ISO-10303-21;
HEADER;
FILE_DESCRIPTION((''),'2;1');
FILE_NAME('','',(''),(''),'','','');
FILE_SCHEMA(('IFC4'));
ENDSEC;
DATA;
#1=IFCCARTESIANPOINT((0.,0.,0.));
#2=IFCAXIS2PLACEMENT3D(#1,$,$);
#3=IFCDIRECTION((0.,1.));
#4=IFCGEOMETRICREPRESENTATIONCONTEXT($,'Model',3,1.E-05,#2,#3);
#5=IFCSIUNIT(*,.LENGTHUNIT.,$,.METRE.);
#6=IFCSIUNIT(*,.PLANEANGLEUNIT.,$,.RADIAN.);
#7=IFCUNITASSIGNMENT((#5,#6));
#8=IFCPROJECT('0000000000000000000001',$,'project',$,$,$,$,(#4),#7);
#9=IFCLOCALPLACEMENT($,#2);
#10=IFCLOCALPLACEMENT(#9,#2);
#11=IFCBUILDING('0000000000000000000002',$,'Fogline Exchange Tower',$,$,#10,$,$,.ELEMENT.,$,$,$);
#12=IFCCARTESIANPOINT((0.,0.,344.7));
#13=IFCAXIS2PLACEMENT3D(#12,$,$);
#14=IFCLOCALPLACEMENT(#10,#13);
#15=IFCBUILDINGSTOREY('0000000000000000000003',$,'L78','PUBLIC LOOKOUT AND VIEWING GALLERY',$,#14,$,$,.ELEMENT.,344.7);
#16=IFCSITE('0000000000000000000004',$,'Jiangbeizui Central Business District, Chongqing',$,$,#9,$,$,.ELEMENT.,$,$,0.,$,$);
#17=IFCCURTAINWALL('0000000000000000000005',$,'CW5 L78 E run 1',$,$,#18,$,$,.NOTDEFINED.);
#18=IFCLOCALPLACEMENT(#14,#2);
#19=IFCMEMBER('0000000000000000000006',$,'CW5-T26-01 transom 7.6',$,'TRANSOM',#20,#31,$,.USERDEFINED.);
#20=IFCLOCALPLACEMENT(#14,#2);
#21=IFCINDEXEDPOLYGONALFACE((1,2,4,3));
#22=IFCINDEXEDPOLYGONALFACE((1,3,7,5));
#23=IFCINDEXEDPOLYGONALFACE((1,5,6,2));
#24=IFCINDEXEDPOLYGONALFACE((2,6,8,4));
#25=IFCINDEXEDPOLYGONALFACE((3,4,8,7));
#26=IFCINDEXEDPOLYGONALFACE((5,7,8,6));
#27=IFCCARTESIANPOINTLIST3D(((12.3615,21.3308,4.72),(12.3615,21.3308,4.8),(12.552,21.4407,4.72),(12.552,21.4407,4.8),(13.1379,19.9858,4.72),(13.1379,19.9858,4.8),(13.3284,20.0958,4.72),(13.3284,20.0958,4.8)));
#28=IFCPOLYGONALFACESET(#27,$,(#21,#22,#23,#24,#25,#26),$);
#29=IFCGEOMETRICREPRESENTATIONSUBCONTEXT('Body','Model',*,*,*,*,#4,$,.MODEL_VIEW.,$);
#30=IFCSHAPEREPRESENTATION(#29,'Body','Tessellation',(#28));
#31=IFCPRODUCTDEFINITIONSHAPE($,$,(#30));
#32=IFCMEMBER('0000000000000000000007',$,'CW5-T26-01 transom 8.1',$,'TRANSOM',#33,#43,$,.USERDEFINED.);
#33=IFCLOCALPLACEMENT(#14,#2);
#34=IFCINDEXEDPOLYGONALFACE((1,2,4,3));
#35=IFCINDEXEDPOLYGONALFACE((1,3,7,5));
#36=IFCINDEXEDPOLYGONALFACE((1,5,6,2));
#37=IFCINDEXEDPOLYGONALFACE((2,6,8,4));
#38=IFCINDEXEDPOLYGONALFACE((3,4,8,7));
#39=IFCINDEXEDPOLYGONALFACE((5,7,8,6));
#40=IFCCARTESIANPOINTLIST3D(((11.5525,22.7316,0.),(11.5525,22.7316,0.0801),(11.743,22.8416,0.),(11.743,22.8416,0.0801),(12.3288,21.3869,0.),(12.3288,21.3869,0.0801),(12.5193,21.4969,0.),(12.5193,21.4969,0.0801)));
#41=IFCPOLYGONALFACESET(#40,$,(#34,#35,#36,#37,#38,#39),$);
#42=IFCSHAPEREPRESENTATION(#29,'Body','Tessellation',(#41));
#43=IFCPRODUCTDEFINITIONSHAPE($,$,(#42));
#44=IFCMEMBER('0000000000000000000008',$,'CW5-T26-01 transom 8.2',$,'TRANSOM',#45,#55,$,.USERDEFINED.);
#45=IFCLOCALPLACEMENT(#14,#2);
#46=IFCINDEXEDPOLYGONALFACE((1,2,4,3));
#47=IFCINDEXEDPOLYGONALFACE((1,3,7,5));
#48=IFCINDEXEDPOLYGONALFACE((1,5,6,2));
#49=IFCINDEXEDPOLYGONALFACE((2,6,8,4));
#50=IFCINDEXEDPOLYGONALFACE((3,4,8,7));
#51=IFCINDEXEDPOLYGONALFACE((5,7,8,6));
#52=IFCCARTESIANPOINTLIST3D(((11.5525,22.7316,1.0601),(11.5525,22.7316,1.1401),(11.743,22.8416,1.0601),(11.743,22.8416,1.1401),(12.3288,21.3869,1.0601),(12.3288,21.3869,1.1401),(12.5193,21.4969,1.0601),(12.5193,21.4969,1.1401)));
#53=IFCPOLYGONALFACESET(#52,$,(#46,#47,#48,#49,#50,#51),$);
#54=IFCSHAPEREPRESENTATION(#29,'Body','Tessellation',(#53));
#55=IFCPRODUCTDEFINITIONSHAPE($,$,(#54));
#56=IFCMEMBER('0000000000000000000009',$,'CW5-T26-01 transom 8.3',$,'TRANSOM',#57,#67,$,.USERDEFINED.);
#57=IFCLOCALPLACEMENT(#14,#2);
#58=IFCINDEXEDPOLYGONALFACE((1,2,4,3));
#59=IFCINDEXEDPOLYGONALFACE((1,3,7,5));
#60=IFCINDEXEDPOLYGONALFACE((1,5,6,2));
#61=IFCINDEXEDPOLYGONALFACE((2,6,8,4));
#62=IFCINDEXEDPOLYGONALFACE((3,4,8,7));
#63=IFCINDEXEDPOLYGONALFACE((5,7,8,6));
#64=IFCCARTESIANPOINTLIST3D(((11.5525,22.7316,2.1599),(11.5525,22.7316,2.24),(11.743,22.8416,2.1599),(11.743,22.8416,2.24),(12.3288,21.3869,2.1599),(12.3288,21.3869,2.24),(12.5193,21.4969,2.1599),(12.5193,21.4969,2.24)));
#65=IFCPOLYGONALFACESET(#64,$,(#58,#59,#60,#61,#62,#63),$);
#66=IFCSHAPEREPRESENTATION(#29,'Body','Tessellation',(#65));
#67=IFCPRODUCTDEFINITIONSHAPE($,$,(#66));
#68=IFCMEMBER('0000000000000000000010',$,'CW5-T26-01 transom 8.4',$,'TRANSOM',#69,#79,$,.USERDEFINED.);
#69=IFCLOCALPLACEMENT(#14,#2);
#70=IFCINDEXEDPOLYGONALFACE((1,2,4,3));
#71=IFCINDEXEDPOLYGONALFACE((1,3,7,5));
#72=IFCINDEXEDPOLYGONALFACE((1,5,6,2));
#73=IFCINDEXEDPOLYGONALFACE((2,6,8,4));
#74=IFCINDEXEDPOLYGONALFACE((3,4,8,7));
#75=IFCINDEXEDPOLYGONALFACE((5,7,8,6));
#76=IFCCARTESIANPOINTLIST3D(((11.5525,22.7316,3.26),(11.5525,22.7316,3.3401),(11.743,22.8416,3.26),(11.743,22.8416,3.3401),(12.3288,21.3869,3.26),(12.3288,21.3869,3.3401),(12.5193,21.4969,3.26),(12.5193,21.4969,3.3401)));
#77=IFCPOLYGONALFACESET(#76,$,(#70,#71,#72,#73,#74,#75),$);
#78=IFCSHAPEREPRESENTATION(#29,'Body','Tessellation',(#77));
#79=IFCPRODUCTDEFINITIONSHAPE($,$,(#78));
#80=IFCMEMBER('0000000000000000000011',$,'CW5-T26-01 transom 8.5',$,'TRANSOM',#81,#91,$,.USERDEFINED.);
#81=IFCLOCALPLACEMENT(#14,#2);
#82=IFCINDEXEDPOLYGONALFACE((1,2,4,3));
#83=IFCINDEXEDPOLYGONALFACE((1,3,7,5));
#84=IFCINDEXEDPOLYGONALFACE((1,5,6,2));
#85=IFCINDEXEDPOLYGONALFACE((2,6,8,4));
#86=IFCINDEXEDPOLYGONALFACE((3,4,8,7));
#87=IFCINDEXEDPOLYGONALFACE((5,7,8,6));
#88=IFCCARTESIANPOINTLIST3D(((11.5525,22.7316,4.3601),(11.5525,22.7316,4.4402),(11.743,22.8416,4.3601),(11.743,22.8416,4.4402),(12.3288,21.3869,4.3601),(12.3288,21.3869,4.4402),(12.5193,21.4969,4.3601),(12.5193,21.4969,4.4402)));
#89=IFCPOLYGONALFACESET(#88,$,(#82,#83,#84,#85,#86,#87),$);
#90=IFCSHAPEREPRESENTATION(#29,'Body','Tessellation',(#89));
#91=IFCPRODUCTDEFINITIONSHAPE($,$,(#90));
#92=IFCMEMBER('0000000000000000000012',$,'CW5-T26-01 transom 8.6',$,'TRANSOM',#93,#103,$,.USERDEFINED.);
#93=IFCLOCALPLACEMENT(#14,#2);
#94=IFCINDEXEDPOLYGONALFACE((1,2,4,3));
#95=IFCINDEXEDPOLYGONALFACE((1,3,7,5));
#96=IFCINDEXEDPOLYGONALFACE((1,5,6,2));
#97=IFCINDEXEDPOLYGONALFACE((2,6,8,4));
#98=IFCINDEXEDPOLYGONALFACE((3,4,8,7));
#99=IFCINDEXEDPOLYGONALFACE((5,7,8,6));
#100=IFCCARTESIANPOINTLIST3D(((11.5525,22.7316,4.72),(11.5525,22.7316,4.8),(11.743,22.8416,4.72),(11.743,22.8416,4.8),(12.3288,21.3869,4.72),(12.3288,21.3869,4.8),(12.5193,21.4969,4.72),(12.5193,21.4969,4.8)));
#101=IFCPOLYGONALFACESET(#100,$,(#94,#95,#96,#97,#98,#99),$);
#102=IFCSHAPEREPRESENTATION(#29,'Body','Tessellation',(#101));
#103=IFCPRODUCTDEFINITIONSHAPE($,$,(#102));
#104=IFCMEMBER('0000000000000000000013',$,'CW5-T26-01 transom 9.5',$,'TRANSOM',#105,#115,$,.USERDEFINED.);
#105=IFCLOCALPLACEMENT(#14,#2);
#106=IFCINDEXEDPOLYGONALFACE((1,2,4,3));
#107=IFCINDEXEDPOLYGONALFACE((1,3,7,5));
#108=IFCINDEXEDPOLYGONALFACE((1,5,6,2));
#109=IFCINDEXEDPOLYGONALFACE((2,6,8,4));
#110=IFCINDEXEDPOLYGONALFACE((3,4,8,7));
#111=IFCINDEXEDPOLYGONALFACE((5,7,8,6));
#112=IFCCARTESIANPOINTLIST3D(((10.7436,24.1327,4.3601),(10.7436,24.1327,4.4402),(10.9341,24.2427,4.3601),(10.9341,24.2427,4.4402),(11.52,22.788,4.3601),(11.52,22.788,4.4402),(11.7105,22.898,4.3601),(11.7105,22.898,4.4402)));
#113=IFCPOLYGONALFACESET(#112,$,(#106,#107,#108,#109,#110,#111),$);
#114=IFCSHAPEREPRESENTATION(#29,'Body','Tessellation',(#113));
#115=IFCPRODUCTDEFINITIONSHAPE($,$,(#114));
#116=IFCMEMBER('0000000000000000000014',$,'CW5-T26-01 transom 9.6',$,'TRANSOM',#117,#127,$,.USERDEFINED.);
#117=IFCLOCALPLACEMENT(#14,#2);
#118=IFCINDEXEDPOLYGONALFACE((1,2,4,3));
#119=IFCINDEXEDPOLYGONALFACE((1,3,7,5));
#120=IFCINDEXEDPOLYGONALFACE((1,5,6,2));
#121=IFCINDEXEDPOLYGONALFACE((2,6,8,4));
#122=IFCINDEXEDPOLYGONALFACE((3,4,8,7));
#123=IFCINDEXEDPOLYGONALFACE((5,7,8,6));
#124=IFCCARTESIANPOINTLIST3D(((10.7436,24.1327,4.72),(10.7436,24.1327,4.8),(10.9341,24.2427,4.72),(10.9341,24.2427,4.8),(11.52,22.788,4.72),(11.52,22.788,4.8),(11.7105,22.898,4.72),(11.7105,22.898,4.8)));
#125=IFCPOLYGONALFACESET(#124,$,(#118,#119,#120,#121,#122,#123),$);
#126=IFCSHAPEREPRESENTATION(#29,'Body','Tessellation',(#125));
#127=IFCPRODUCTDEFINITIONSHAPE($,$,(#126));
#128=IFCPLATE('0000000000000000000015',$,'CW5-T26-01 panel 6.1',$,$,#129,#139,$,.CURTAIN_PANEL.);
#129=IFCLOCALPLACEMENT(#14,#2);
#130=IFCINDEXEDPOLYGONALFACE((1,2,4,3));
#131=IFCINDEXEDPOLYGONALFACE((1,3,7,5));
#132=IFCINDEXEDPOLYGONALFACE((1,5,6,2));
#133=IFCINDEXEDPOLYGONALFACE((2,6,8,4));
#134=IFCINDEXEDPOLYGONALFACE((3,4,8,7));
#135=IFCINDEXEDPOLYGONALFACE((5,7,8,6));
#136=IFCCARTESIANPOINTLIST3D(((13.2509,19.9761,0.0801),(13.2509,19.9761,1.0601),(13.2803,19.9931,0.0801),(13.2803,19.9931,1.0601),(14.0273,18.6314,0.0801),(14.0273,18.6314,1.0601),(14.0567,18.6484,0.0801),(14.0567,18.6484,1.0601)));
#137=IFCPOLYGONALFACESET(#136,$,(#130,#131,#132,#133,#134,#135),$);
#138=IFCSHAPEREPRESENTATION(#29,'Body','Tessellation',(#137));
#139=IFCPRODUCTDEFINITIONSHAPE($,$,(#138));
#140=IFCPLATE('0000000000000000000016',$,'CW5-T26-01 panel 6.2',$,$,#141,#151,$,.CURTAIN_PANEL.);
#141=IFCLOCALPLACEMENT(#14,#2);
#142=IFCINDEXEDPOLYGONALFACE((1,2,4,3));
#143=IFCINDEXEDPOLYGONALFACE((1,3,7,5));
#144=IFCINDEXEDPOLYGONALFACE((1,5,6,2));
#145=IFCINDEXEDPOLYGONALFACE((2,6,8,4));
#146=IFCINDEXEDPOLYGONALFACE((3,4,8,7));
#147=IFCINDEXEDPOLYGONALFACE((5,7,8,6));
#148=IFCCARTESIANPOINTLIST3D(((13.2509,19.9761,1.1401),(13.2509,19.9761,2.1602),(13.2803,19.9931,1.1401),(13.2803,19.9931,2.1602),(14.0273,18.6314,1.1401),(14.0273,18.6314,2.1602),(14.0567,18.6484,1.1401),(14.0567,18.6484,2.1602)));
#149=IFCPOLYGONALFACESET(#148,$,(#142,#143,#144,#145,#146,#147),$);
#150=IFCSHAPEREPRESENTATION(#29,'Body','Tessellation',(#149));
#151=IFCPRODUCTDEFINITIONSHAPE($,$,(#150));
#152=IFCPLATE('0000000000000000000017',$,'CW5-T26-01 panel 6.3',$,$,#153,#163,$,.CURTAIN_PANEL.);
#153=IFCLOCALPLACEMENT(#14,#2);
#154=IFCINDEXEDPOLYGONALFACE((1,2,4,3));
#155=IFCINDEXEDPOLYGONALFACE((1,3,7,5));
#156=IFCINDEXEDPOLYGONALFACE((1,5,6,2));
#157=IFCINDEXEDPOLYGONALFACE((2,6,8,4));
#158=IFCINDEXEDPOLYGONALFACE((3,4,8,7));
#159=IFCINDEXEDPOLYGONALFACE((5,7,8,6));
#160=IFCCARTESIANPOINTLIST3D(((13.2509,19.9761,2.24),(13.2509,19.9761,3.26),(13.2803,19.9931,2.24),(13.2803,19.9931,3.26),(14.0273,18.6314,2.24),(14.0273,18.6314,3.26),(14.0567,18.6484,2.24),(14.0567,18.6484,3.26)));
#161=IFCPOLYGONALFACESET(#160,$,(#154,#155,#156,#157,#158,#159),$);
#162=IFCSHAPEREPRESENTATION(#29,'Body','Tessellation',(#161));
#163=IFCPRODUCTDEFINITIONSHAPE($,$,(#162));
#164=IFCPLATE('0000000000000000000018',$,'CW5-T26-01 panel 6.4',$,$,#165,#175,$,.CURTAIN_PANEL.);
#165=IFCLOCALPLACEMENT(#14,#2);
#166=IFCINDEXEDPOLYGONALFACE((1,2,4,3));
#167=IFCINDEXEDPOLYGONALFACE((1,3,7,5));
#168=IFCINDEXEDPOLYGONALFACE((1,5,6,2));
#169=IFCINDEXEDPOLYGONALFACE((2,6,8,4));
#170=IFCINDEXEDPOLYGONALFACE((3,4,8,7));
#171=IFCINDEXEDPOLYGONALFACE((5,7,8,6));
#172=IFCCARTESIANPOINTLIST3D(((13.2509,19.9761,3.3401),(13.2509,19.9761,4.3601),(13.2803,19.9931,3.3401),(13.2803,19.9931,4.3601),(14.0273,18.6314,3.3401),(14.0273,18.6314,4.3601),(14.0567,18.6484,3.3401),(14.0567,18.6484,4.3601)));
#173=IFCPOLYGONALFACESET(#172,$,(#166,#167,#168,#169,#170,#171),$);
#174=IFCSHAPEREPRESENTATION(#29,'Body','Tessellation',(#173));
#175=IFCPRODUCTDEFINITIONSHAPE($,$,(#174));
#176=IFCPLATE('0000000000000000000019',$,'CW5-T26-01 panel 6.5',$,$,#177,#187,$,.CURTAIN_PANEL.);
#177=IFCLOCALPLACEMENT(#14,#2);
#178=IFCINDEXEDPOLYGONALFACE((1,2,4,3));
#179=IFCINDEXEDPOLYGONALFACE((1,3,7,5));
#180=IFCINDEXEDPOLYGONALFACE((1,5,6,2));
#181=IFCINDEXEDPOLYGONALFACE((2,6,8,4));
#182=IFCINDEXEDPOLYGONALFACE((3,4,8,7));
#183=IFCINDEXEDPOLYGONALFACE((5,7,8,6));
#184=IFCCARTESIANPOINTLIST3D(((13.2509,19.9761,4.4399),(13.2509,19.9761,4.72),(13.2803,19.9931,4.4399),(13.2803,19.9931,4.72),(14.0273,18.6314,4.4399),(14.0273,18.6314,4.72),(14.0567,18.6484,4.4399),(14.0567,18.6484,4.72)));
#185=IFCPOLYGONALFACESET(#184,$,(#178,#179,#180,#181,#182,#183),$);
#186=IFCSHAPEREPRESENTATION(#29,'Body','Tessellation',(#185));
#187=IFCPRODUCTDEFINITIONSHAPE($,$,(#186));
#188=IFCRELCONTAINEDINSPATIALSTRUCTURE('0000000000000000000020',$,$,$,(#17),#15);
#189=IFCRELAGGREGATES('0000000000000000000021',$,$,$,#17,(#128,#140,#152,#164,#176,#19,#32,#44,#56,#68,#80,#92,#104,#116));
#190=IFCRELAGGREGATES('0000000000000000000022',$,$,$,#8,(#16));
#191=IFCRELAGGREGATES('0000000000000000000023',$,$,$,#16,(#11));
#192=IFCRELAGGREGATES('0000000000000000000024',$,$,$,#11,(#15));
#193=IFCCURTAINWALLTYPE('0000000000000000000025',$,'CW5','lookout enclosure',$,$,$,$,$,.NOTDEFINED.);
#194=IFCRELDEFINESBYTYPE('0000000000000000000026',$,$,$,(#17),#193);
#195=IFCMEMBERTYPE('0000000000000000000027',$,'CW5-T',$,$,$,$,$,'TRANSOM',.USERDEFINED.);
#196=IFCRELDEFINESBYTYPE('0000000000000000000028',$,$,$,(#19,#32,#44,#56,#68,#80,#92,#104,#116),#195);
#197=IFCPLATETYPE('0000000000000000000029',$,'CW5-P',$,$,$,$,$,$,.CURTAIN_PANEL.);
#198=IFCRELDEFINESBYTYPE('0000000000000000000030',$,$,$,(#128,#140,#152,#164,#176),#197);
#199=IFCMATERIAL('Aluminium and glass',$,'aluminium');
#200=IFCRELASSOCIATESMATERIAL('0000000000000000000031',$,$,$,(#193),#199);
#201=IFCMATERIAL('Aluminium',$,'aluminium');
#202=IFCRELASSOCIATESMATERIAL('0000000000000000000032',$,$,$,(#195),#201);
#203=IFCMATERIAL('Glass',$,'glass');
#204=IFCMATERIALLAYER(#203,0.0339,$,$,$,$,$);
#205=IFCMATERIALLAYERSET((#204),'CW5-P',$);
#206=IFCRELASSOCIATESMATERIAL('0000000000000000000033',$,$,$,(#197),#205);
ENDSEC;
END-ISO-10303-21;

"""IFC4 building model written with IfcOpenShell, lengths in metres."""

from ifc_helpers import new_model, si_unit, direction, frame, origin, origin_2d, place, context, subcontext, project, spatial, rectangle, extrude, material, layer, layer_set, material_profile, profile_set, type_object, element, aggregate, save


model = new_model("IFC4")

# Units and contexts
model_context = context("Model", 3, precision=1e-05, world=origin(), true_north=direction((0.0, 1.0)))
body_context = subcontext(model_context, "Body", "Model", "MODEL_VIEW")
ifc_project = project(units=[si_unit("LENGTHUNIT", "METRE"), si_unit("PLANEANGLEUNIT", "RADIAN")], contexts=[model_context])

# Site, building, storey
site_placement = place(None, origin())
site = spatial("IfcSite", under=ifc_project, at=site_placement, Name="Jiangbeizui Central Business District, Chongqing", CompositionType="ELEMENT", RefElevation=0.0)
building_placement = place(site_placement, origin())
building = spatial("IfcBuilding", under=site, at=building_placement, Name="Fogline Exchange Tower", CompositionType="ELEMENT")
storey_placement = place(building_placement, frame((0.0, 0.0, 344.7)))
storey = spatial("IfcBuildingStorey", under=building, at=storey_placement, Name="L78", Description="PUBLIC LOOKOUT AND VIEWING GALLERY", CompositionType="ELEMENT", Elevation=344.7)

# Curtain wall, members, plates
ifc_material_1 = material(Name="Aluminium and glass", Category="aluminium")
curtain_wall_type = type_object("IfcCurtainWallType", Name="CW5", Description="lookout enclosure", PredefinedType="NOTDEFINED", material=ifc_material_1)
curtain_wall_placement = place(storey_placement, origin())
curtain_wall = element("IfcCurtainWall", 1, at=curtain_wall_placement, inside=storey, type_object=curtain_wall_type, Name="CW5 L78 E run 1", PredefinedType="NOTDEFINED")
ifc_material_2 = material(Name="Aluminium", Category="aluminium")
ifc_material_profile_1 = material_profile(ifc_material_2, rectangle(XDim=0.22, YDim=0.0801, at=origin_2d()), Name="Transom 80x220")
ifc_profile_set_1 = profile_set([ifc_material_profile_1], Name="Aluminium")
member_type_1 = type_object("IfcMemberType", Name="CW5-T", ElementType="TRANSOM", PredefinedType="USERDEFINED", material=ifc_profile_set_1)
member_1_placement = place(storey_placement, frame((13.2332, 20.0408, 4.76), z_axis=(-0.499927, 0.866068, 0.0), x_axis=(-0.866068, -0.499927, 0.0)))
member_1 = element("IfcMember", 2, at=member_1_placement, type_object=member_type_1, Name="CW5-T26-01 transom 7.6", ObjectType="TRANSOM", PredefinedType="USERDEFINED", context=body_context, shape_type="SweptSolid", body=[
    extrude(rectangle(XDim=0.22, YDim=0.0801, at=origin_2d()), origin(), (0.0, 0.0, 1.0), 1.553),
])
member_2_placement = place(storey_placement, frame((12.4241, 21.4419, 0.04), z_axis=(-0.499995, 0.866028, 0.0), x_axis=(-0.866028, -0.499995, 0.0)))
member_2 = element("IfcMember", 3, at=member_2_placement, type_object=member_type_1, Name="CW5-T26-01 transom 8.1", ObjectType="TRANSOM", PredefinedType="USERDEFINED", context=body_context, shape_type="SweptSolid", body=[
    extrude(rectangle(XDim=0.22, YDim=0.0801, at=origin_2d()), origin(), (0.0, 0.0, 1.0), 1.5527),
])
member_3_placement = place(storey_placement, frame((12.4241, 21.4419, 1.1001), z_axis=(-0.499995, 0.866028, 0.0), x_axis=(-0.866028, -0.499995, 0.0)))
member_3 = element("IfcMember", 4, at=member_3_placement, type_object=member_type_1, Name="CW5-T26-01 transom 8.2", ObjectType="TRANSOM", PredefinedType="USERDEFINED", context=body_context, shape_type="SweptSolid", body=[
    extrude(rectangle(XDim=0.22, YDim=0.0801, at=origin_2d()), origin(), (0.0, 0.0, 1.0), 1.5527),
])
member_4_placement = place(storey_placement, frame((12.4241, 21.4419, 2.2), z_axis=(-0.499995, 0.866028, 0.0), x_axis=(-0.866028, -0.499995, 0.0)))
member_4 = element("IfcMember", 5, at=member_4_placement, type_object=member_type_1, Name="CW5-T26-01 transom 8.3", ObjectType="TRANSOM", PredefinedType="USERDEFINED", context=body_context, shape_type="SweptSolid", body=[
    extrude(rectangle(XDim=0.22, YDim=0.0801, at=origin_2d()), origin(), (0.0, 0.0, 1.0), 1.5527),
])
member_5_placement = place(storey_placement, frame((12.4241, 21.4419, 3.3), z_axis=(-0.499995, 0.866028, 0.0), x_axis=(-0.866028, -0.499995, 0.0)))
member_5 = element("IfcMember", 6, at=member_5_placement, type_object=member_type_1, Name="CW5-T26-01 transom 8.4", ObjectType="TRANSOM", PredefinedType="USERDEFINED", context=body_context, shape_type="SweptSolid", body=[
    extrude(rectangle(XDim=0.22, YDim=0.0801, at=origin_2d()), origin(), (0.0, 0.0, 1.0), 1.5527),
])
member_6_placement = place(storey_placement, frame((12.4241, 21.4419, 4.4001), z_axis=(-0.499995, 0.866028, 0.0), x_axis=(-0.866028, -0.499995, 0.0)))
member_6 = element("IfcMember", 7, at=member_6_placement, type_object=member_type_1, Name="CW5-T26-01 transom 8.5", ObjectType="TRANSOM", PredefinedType="USERDEFINED", context=body_context, shape_type="SweptSolid", body=[
    extrude(rectangle(XDim=0.22, YDim=0.0801, at=origin_2d()), origin(), (0.0, 0.0, 1.0), 1.5527),
])
member_7_placement = place(storey_placement, frame((12.4241, 21.4419, 4.76), z_axis=(-0.499995, 0.866028, 0.0), x_axis=(-0.866028, -0.499995, 0.0)))
member_7 = element("IfcMember", 8, at=member_7_placement, type_object=member_type_1, Name="CW5-T26-01 transom 8.6", ObjectType="TRANSOM", PredefinedType="USERDEFINED", context=body_context, shape_type="SweptSolid", body=[
    extrude(rectangle(XDim=0.22, YDim=0.0801, at=origin_2d()), origin(), (0.0, 0.0, 1.0), 1.5527),
])
member_8_placement = place(storey_placement, frame((11.6152, 22.843, 4.4001), z_axis=(-0.499995, 0.866028, 0.0), x_axis=(-0.866028, -0.499995, 0.0)))
member_8 = element("IfcMember", 9, at=member_8_placement, type_object=member_type_1, Name="CW5-T26-01 transom 9.5", ObjectType="TRANSOM", PredefinedType="USERDEFINED", context=body_context, shape_type="SweptSolid", body=[
    extrude(rectangle(XDim=0.22, YDim=0.0801, at=origin_2d()), origin(), (0.0, 0.0, 1.0), 1.5527),
])
member_9_placement = place(storey_placement, frame((11.6152, 22.843, 4.76), z_axis=(-0.499995, 0.866028, 0.0), x_axis=(-0.866028, -0.499995, 0.0)))
member_9 = element("IfcMember", 10, at=member_9_placement, type_object=member_type_1, Name="CW5-T26-01 transom 9.6", ObjectType="TRANSOM", PredefinedType="USERDEFINED", context=body_context, shape_type="SweptSolid", body=[
    extrude(rectangle(XDim=0.22, YDim=0.0801, at=origin_2d()), origin(), (0.0, 0.0, 1.0), 1.5527),
])
ifc_material_3 = material(Name="Glass", Category="glass")
ifc_layer = layer(ifc_material_3, 0.0339)
ifc_layer_set = layer_set([ifc_layer], Name="CW5-P")
plate_type = type_object("IfcPlateType", Name="CW5-P", PredefinedType="CURTAIN_PANEL", material=ifc_layer_set)
plate_1_placement = place(storey_placement, frame((13.6538, 19.3123, 0.0801), z_axis=(0.0, 0.0, 1.0), x_axis=(-0.5, 0.866025, 0.0)))
plate_1 = element("IfcPlate", 11, at=plate_1_placement, type_object=plate_type, Name="CW5-T26-01 panel 6.1", PredefinedType="CURTAIN_PANEL", context=body_context, shape_type="SweptSolid", body=[
    extrude(rectangle(XDim=1.5527, YDim=0.0339, at=origin_2d()), origin(), (0.0, 0.0, 1.0), 0.98),
])
plate_2_placement = place(storey_placement, frame((13.6538, 19.3123, 1.1401), z_axis=(0.0, 0.0, 1.0), x_axis=(-0.5, 0.866025, 0.0)))
plate_2 = element("IfcPlate", 12, at=plate_2_placement, type_object=plate_type, Name="CW5-T26-01 panel 6.2", PredefinedType="CURTAIN_PANEL", context=body_context, shape_type="SweptSolid", body=[
    extrude(rectangle(XDim=1.5527, YDim=0.0339, at=origin_2d()), origin(), (0.0, 0.0, 1.0), 1.02),
])
plate_3_placement = place(storey_placement, frame((13.6538, 19.3123, 2.24), z_axis=(0.0, 0.0, 1.0), x_axis=(-0.5, 0.866025, 0.0)))
plate_3 = element("IfcPlate", 13, at=plate_3_placement, type_object=plate_type, Name="CW5-T26-01 panel 6.3", PredefinedType="CURTAIN_PANEL", context=body_context, shape_type="SweptSolid", body=[
    extrude(rectangle(XDim=1.5527, YDim=0.0339, at=origin_2d()), origin(), (0.0, 0.0, 1.0), 1.02),
])
plate_4_placement = place(storey_placement, frame((13.6538, 19.3123, 3.3401), z_axis=(0.0, 0.0, 1.0), x_axis=(-0.5, 0.866025, 0.0)))
plate_4 = element("IfcPlate", 14, at=plate_4_placement, type_object=plate_type, Name="CW5-T26-01 panel 6.4", PredefinedType="CURTAIN_PANEL", context=body_context, shape_type="SweptSolid", body=[
    extrude(rectangle(XDim=1.5527, YDim=0.0339, at=origin_2d()), origin(), (0.0, 0.0, 1.0), 1.02),
])
plate_5_placement = place(storey_placement, frame((13.6538, 19.3123, 4.4399), z_axis=(0.0, 0.0, 1.0), x_axis=(-0.5, 0.866025, 0.0)))
plate_5 = element("IfcPlate", 15, at=plate_5_placement, type_object=plate_type, Name="CW5-T26-01 panel 6.5", PredefinedType="CURTAIN_PANEL", context=body_context, shape_type="SweptSolid", body=[
    extrude(rectangle(XDim=1.5527, YDim=0.0339, at=origin_2d()), origin(), (0.0, 0.0, 1.0), 0.28),
])
aggregate(curtain_wall, [plate_1, plate_2, plate_3, plate_4, plate_5, member_1, member_2, member_3, member_4, member_5, member_6, member_7, member_8, member_9])

save(model, "model.ifc")
